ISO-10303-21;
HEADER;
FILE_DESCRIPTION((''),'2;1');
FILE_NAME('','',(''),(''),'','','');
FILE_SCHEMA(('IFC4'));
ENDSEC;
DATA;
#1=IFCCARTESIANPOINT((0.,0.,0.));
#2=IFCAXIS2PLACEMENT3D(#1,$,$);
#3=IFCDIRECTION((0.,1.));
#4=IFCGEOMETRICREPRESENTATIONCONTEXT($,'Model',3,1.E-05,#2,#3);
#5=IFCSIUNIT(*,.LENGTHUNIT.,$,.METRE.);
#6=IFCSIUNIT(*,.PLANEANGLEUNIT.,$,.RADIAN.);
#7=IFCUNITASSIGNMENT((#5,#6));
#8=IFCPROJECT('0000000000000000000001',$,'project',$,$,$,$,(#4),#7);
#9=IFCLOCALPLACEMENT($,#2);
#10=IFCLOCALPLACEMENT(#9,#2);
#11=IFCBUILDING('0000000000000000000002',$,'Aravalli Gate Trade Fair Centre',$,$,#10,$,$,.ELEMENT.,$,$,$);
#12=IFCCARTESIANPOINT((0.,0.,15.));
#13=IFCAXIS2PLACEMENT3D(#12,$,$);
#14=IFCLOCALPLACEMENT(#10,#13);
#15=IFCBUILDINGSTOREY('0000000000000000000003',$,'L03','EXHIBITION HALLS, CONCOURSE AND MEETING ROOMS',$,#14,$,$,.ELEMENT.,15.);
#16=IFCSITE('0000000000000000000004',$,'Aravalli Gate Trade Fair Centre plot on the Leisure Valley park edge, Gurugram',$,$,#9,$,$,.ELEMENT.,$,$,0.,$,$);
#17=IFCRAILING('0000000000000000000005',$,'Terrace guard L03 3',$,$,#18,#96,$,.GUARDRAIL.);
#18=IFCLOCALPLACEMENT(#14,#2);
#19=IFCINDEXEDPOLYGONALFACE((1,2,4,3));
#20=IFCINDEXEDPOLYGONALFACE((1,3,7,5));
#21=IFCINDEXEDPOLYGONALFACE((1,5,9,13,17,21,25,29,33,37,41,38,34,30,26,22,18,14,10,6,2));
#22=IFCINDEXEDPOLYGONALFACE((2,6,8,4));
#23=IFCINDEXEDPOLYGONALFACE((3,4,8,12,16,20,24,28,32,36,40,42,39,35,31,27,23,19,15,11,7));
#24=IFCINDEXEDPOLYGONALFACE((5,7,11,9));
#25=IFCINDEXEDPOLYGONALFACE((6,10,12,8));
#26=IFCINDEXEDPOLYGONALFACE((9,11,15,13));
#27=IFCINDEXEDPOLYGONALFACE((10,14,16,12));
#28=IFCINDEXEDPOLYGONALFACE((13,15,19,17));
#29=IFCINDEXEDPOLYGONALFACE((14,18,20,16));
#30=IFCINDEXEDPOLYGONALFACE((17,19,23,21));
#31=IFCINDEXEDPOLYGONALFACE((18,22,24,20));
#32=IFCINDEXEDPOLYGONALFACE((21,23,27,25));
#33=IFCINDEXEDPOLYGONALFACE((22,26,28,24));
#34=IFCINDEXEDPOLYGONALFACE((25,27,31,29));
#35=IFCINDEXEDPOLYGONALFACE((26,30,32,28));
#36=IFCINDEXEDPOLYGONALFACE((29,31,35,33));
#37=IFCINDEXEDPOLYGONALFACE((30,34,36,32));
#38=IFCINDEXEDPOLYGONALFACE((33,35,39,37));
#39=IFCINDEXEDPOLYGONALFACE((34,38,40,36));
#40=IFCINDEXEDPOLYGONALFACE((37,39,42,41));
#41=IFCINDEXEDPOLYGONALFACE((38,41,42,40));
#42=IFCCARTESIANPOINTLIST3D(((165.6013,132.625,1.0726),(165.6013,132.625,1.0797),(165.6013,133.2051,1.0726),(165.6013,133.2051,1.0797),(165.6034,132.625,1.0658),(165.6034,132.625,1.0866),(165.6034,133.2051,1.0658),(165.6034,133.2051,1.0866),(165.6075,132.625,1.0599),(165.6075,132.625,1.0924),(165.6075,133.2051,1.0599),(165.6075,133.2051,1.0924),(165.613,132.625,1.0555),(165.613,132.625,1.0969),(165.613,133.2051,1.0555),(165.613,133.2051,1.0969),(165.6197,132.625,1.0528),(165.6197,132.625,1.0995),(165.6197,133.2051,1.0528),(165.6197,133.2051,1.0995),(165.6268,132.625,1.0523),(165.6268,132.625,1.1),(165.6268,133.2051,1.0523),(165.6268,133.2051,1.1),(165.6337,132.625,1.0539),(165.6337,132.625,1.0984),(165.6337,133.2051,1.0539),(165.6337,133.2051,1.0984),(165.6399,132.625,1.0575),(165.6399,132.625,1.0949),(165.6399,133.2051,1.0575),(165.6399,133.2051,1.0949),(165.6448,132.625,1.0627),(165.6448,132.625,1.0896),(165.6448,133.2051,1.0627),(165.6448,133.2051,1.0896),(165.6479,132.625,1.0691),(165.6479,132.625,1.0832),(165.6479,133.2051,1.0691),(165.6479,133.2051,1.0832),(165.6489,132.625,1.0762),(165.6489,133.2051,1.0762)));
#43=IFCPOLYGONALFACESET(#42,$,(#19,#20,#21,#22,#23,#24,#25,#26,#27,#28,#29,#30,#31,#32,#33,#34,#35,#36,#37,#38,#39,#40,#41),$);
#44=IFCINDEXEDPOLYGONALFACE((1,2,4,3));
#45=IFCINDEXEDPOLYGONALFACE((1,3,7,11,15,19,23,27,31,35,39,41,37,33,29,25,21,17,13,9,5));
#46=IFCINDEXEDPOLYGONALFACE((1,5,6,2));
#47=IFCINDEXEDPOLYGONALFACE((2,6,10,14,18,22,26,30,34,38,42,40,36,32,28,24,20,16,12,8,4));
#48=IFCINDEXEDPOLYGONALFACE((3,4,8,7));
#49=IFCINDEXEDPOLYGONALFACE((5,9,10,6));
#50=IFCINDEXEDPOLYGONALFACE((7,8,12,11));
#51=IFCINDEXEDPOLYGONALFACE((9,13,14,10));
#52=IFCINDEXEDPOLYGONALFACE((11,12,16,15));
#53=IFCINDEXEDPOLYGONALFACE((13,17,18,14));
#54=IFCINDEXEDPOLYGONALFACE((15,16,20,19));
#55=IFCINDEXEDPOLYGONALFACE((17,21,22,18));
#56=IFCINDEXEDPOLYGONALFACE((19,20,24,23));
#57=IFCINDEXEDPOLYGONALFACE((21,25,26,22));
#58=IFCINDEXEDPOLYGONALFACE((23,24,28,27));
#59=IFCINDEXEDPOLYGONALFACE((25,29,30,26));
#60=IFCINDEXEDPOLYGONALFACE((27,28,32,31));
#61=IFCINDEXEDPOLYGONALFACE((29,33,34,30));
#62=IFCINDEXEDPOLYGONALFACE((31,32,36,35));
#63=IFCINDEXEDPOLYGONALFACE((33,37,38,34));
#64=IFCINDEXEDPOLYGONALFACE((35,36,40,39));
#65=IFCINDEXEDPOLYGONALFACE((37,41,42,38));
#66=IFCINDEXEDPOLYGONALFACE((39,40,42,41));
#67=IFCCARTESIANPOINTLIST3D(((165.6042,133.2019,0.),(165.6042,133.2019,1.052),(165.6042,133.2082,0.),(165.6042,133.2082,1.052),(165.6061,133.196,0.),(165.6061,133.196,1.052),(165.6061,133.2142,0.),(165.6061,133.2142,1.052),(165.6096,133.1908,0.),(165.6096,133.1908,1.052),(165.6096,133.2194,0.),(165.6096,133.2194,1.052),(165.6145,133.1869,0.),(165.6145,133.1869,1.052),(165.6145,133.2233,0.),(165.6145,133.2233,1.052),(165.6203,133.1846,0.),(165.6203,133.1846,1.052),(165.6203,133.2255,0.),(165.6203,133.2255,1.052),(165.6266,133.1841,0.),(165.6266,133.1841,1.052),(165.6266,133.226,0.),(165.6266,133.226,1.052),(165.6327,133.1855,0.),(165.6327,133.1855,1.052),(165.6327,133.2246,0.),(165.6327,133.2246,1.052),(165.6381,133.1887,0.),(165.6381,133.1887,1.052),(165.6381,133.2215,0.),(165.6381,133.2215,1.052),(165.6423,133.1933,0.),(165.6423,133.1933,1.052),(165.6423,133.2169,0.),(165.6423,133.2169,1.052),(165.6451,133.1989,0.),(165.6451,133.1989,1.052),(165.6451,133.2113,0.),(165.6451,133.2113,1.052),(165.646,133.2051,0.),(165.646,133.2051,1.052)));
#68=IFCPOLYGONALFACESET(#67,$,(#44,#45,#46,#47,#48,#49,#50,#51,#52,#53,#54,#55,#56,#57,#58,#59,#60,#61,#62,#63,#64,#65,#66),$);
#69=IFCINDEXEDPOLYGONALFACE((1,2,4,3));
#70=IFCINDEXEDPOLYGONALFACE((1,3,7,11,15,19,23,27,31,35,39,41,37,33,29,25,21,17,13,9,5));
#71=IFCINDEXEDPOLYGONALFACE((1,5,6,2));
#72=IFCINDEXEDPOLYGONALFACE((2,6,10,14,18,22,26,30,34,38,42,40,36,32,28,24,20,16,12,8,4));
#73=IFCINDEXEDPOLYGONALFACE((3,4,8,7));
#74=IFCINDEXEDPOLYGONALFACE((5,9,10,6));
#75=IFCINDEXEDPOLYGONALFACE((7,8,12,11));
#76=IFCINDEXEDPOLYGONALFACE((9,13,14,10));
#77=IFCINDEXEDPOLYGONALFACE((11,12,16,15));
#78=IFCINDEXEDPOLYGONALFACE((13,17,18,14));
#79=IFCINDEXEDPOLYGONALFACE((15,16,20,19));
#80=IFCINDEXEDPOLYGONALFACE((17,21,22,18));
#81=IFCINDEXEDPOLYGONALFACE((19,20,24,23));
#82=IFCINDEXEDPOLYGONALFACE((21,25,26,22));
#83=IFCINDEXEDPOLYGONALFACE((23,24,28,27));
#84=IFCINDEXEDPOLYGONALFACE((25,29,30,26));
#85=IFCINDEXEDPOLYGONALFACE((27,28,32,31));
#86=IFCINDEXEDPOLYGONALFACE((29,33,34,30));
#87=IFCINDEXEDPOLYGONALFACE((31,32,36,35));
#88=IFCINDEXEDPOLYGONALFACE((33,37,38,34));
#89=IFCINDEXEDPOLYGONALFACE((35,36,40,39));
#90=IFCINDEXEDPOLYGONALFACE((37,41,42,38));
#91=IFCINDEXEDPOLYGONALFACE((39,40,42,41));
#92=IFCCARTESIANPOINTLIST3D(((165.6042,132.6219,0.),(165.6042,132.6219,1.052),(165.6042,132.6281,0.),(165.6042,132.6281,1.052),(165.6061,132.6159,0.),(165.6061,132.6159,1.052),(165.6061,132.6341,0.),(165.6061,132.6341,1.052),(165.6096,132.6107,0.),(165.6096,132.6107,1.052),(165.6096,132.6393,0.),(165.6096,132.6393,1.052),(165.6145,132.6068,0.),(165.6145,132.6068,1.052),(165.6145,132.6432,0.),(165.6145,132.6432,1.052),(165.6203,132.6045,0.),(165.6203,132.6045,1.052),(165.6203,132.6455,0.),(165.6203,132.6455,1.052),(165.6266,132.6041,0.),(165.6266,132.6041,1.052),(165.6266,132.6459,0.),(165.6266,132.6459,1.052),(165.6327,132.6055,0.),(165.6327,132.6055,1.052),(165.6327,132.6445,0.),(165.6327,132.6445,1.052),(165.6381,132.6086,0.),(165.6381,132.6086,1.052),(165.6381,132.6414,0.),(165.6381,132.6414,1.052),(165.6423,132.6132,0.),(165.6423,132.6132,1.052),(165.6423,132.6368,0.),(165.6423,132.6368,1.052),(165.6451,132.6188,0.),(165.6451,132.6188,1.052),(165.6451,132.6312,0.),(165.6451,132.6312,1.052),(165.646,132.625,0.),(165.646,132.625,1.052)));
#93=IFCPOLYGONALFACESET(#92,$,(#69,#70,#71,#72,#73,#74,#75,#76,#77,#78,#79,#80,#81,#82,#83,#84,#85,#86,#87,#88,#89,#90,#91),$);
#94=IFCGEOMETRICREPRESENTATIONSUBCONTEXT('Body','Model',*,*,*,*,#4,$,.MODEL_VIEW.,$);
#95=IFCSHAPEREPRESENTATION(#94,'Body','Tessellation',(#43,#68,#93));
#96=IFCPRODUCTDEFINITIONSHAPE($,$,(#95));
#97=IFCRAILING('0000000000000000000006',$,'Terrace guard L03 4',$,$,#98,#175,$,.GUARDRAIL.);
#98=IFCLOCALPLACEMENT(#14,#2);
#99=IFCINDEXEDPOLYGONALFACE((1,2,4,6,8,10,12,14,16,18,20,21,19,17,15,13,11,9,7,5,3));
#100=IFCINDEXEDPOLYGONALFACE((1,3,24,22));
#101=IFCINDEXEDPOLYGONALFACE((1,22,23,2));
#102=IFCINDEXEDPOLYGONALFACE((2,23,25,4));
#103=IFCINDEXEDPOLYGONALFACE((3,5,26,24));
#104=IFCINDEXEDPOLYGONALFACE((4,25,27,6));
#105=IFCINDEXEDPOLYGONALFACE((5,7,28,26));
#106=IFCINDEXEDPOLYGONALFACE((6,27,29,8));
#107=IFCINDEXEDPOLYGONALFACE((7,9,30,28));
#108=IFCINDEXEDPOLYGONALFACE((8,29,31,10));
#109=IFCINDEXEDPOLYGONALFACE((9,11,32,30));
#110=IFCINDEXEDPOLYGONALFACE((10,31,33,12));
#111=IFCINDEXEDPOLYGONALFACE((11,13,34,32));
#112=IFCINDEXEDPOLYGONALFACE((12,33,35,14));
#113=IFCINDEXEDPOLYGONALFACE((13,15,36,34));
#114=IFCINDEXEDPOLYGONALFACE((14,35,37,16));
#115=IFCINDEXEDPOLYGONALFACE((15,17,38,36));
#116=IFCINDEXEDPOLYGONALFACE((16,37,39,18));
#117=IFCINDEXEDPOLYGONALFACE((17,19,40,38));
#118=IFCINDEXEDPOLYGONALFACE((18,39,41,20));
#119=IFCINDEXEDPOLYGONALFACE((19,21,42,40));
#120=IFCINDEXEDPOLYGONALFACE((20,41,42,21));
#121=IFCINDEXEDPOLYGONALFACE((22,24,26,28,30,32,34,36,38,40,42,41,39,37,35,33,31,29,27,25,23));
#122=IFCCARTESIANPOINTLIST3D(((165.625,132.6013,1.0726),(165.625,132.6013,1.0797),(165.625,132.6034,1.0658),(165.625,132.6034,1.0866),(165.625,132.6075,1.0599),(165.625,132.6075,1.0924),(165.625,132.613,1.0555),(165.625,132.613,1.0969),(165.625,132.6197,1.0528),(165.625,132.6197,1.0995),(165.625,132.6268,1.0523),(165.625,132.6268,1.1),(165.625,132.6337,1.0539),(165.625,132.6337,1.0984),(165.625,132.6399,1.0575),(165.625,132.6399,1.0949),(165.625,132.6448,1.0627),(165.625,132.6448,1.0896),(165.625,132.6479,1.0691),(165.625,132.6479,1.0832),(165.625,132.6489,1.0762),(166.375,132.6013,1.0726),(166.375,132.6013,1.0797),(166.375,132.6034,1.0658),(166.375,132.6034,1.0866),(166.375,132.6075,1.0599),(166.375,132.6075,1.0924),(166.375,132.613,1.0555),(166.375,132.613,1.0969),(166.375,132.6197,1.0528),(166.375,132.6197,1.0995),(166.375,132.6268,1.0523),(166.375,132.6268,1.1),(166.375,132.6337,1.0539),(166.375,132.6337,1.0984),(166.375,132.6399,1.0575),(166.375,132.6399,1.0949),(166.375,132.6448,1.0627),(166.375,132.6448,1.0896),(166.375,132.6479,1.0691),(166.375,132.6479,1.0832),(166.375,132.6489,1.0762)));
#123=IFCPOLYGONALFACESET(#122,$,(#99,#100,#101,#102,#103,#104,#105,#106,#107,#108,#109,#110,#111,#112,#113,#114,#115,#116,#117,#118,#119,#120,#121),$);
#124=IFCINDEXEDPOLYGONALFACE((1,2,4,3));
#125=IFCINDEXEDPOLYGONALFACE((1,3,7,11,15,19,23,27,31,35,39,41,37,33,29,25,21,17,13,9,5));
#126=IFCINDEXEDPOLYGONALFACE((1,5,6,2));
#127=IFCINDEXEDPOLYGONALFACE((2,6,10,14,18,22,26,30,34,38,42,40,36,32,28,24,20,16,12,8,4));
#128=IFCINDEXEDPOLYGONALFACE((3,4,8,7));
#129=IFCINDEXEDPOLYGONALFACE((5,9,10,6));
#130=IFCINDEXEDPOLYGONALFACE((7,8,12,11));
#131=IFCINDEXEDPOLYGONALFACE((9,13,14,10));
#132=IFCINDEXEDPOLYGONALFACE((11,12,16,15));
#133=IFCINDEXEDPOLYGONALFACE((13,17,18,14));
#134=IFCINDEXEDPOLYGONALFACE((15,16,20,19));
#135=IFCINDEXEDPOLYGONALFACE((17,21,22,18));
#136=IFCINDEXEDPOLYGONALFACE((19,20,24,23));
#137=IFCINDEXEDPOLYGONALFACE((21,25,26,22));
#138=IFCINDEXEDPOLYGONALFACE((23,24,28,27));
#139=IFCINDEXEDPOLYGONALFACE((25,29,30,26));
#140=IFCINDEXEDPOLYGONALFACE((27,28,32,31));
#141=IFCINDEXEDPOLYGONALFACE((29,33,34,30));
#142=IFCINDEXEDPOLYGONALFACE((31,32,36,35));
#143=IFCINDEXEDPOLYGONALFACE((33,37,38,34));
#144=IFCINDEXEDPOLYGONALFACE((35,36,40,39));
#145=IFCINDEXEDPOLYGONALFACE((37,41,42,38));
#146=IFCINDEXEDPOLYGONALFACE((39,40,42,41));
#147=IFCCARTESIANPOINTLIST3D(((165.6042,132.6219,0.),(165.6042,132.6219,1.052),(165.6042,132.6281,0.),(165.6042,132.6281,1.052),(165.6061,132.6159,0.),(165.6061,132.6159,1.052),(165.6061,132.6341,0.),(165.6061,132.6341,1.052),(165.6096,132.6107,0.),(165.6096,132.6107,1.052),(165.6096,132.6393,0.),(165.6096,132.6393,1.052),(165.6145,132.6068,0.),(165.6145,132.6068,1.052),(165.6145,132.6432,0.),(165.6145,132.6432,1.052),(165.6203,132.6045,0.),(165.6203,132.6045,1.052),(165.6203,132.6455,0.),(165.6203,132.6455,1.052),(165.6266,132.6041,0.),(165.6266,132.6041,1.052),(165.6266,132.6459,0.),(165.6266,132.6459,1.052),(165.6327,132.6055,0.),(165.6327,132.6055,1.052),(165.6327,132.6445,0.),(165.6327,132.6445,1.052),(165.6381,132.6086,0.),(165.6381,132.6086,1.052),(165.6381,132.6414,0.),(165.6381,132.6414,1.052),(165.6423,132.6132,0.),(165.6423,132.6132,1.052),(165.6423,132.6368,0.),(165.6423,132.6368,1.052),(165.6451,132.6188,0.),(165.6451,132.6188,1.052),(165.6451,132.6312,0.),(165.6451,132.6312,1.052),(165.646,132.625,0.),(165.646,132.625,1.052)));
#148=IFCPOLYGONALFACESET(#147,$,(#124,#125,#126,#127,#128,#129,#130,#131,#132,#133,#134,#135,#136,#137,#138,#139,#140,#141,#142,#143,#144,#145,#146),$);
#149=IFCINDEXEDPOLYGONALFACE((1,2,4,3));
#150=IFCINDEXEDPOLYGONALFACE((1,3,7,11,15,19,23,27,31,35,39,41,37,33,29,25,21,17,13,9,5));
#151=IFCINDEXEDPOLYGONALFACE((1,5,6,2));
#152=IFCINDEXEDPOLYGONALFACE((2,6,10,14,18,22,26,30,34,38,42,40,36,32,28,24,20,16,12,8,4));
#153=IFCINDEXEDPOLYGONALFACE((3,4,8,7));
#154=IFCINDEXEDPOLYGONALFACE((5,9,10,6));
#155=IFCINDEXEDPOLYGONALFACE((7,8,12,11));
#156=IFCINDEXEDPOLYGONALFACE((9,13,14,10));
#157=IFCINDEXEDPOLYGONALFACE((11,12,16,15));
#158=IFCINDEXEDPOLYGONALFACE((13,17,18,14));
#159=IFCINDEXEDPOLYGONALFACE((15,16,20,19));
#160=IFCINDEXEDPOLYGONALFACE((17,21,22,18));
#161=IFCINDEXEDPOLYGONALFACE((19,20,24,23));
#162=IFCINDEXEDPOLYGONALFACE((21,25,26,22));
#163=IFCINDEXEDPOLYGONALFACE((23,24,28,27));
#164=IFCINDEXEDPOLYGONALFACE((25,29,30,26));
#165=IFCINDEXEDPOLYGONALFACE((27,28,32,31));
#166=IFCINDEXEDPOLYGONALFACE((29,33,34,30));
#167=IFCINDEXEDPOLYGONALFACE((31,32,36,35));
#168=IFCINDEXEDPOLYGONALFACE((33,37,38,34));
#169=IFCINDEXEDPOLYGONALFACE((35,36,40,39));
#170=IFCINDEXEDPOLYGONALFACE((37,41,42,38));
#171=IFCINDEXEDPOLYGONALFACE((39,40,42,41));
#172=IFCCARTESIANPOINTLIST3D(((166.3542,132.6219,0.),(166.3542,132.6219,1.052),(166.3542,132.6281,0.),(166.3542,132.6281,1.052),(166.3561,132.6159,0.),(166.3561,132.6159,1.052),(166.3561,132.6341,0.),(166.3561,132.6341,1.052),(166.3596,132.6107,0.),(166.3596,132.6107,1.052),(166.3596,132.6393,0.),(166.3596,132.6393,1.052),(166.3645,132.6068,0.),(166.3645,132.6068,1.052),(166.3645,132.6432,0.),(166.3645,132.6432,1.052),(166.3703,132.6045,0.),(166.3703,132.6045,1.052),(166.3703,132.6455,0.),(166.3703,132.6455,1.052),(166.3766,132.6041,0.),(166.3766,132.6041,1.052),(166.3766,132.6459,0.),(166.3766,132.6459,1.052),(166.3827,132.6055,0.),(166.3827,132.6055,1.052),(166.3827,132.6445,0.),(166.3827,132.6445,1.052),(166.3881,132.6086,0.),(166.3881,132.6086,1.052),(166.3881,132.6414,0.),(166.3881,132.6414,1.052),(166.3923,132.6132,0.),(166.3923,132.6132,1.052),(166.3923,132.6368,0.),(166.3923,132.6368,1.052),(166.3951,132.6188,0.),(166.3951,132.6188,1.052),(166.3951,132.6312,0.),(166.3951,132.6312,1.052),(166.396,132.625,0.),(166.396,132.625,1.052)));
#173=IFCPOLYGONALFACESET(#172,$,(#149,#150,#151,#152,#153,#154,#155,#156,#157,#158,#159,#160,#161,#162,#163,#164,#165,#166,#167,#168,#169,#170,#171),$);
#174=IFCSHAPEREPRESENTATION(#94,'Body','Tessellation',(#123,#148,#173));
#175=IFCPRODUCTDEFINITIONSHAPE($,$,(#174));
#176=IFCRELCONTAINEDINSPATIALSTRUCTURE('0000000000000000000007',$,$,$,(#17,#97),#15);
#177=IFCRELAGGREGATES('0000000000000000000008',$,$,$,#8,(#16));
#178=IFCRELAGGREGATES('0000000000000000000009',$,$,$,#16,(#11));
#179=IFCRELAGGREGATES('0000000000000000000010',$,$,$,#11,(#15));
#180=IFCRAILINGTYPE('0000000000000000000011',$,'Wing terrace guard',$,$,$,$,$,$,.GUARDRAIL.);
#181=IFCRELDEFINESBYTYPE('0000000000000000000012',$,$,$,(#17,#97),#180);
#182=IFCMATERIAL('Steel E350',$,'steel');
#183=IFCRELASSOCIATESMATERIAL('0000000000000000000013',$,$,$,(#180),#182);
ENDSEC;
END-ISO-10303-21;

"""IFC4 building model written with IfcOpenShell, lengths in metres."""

from ifc_helpers import new_model, si_unit, direction, frame, origin, origin_2d, place, context, subcontext, project, spatial, circle, extrude, material, type_object, element, save


model = new_model("IFC4")

# Units and contexts
model_context = context("Model", 3, precision=1e-05, world=origin(), true_north=direction((0.0, 1.0)))
body_context = subcontext(model_context, "Body", "Model", "MODEL_VIEW")
ifc_project = project(units=[si_unit("LENGTHUNIT", "METRE"), si_unit("PLANEANGLEUNIT", "RADIAN")], contexts=[model_context])

# Site, building, storey
site_placement = place(None, origin())
site = spatial("IfcSite", under=ifc_project, at=site_placement, Name="Aravalli Gate Trade Fair Centre plot on the Leisure Valley park edge, Gurugram", CompositionType="ELEMENT", RefElevation=0.0)
building_placement = place(site_placement, origin())
building = spatial("IfcBuilding", under=site, at=building_placement, Name="Aravalli Gate Trade Fair Centre", CompositionType="ELEMENT")
storey_placement = place(building_placement, frame((0.0, 0.0, 15.0)))
storey = spatial("IfcBuildingStorey", under=building, at=storey_placement, Name="L03", Description="EXHIBITION HALLS, CONCOURSE AND MEETING ROOMS", CompositionType="ELEMENT", Elevation=15.0)

# Shared definitions
ifc_material_1 = material(Name="Steel E350", Category="steel")

# Railings
railing_type = type_object("IfcRailingType", Name="Wing terrace guard", PredefinedType="GUARDRAIL", material=ifc_material_1)
railing_1_placement = place(storey_placement, frame((165.625, 133.2051, 0.0)))
element("IfcRailing", 1, at=railing_1_placement, inside=storey, type_object=railing_type, Name="Terrace guard L03 3", PredefinedType="GUARDRAIL", context=body_context, shape_type="SweptSolid", body=[
    extrude(circle(Radius=0.0239, at=origin_2d()), frame((0.0, 0.0, 1.0762), z_axis=(0.0, -1.0, 0.0), x_axis=(1.0, 0.0, 0.0)), (0.0, 0.0, 1.0), 0.5801),
    extrude(circle(Radius=0.021, at=origin_2d()), origin(), (0.0, 0.0, 1.0), 1.052),
    extrude(circle(Radius=0.021, at=origin_2d()), frame((0.0, -0.5801, 0.0)), (0.0, 0.0, 1.0), 1.052),
])
railing_2_placement = place(storey_placement, frame((165.625, 132.625, 0.0)))
element("IfcRailing", 2, at=railing_2_placement, inside=storey, type_object=railing_type, Name="Terrace guard L03 4", PredefinedType="GUARDRAIL", context=body_context, shape_type="SweptSolid", body=[
    extrude(circle(Radius=0.0239, at=origin_2d()), frame((0.0, 0.0, 1.0762), z_axis=(1.0, 0.0, 0.0), x_axis=(0.0, 1.0, 0.0)), (0.0, 0.0, 1.0), 0.75),
    extrude(circle(Radius=0.021, at=origin_2d()), origin(), (0.0, 0.0, 1.0), 1.052),
    extrude(circle(Radius=0.021, at=origin_2d()), frame((0.75, 0.0, 0.0)), (0.0, 0.0, 1.0), 1.052),
])

save(model, "model.ifc")
